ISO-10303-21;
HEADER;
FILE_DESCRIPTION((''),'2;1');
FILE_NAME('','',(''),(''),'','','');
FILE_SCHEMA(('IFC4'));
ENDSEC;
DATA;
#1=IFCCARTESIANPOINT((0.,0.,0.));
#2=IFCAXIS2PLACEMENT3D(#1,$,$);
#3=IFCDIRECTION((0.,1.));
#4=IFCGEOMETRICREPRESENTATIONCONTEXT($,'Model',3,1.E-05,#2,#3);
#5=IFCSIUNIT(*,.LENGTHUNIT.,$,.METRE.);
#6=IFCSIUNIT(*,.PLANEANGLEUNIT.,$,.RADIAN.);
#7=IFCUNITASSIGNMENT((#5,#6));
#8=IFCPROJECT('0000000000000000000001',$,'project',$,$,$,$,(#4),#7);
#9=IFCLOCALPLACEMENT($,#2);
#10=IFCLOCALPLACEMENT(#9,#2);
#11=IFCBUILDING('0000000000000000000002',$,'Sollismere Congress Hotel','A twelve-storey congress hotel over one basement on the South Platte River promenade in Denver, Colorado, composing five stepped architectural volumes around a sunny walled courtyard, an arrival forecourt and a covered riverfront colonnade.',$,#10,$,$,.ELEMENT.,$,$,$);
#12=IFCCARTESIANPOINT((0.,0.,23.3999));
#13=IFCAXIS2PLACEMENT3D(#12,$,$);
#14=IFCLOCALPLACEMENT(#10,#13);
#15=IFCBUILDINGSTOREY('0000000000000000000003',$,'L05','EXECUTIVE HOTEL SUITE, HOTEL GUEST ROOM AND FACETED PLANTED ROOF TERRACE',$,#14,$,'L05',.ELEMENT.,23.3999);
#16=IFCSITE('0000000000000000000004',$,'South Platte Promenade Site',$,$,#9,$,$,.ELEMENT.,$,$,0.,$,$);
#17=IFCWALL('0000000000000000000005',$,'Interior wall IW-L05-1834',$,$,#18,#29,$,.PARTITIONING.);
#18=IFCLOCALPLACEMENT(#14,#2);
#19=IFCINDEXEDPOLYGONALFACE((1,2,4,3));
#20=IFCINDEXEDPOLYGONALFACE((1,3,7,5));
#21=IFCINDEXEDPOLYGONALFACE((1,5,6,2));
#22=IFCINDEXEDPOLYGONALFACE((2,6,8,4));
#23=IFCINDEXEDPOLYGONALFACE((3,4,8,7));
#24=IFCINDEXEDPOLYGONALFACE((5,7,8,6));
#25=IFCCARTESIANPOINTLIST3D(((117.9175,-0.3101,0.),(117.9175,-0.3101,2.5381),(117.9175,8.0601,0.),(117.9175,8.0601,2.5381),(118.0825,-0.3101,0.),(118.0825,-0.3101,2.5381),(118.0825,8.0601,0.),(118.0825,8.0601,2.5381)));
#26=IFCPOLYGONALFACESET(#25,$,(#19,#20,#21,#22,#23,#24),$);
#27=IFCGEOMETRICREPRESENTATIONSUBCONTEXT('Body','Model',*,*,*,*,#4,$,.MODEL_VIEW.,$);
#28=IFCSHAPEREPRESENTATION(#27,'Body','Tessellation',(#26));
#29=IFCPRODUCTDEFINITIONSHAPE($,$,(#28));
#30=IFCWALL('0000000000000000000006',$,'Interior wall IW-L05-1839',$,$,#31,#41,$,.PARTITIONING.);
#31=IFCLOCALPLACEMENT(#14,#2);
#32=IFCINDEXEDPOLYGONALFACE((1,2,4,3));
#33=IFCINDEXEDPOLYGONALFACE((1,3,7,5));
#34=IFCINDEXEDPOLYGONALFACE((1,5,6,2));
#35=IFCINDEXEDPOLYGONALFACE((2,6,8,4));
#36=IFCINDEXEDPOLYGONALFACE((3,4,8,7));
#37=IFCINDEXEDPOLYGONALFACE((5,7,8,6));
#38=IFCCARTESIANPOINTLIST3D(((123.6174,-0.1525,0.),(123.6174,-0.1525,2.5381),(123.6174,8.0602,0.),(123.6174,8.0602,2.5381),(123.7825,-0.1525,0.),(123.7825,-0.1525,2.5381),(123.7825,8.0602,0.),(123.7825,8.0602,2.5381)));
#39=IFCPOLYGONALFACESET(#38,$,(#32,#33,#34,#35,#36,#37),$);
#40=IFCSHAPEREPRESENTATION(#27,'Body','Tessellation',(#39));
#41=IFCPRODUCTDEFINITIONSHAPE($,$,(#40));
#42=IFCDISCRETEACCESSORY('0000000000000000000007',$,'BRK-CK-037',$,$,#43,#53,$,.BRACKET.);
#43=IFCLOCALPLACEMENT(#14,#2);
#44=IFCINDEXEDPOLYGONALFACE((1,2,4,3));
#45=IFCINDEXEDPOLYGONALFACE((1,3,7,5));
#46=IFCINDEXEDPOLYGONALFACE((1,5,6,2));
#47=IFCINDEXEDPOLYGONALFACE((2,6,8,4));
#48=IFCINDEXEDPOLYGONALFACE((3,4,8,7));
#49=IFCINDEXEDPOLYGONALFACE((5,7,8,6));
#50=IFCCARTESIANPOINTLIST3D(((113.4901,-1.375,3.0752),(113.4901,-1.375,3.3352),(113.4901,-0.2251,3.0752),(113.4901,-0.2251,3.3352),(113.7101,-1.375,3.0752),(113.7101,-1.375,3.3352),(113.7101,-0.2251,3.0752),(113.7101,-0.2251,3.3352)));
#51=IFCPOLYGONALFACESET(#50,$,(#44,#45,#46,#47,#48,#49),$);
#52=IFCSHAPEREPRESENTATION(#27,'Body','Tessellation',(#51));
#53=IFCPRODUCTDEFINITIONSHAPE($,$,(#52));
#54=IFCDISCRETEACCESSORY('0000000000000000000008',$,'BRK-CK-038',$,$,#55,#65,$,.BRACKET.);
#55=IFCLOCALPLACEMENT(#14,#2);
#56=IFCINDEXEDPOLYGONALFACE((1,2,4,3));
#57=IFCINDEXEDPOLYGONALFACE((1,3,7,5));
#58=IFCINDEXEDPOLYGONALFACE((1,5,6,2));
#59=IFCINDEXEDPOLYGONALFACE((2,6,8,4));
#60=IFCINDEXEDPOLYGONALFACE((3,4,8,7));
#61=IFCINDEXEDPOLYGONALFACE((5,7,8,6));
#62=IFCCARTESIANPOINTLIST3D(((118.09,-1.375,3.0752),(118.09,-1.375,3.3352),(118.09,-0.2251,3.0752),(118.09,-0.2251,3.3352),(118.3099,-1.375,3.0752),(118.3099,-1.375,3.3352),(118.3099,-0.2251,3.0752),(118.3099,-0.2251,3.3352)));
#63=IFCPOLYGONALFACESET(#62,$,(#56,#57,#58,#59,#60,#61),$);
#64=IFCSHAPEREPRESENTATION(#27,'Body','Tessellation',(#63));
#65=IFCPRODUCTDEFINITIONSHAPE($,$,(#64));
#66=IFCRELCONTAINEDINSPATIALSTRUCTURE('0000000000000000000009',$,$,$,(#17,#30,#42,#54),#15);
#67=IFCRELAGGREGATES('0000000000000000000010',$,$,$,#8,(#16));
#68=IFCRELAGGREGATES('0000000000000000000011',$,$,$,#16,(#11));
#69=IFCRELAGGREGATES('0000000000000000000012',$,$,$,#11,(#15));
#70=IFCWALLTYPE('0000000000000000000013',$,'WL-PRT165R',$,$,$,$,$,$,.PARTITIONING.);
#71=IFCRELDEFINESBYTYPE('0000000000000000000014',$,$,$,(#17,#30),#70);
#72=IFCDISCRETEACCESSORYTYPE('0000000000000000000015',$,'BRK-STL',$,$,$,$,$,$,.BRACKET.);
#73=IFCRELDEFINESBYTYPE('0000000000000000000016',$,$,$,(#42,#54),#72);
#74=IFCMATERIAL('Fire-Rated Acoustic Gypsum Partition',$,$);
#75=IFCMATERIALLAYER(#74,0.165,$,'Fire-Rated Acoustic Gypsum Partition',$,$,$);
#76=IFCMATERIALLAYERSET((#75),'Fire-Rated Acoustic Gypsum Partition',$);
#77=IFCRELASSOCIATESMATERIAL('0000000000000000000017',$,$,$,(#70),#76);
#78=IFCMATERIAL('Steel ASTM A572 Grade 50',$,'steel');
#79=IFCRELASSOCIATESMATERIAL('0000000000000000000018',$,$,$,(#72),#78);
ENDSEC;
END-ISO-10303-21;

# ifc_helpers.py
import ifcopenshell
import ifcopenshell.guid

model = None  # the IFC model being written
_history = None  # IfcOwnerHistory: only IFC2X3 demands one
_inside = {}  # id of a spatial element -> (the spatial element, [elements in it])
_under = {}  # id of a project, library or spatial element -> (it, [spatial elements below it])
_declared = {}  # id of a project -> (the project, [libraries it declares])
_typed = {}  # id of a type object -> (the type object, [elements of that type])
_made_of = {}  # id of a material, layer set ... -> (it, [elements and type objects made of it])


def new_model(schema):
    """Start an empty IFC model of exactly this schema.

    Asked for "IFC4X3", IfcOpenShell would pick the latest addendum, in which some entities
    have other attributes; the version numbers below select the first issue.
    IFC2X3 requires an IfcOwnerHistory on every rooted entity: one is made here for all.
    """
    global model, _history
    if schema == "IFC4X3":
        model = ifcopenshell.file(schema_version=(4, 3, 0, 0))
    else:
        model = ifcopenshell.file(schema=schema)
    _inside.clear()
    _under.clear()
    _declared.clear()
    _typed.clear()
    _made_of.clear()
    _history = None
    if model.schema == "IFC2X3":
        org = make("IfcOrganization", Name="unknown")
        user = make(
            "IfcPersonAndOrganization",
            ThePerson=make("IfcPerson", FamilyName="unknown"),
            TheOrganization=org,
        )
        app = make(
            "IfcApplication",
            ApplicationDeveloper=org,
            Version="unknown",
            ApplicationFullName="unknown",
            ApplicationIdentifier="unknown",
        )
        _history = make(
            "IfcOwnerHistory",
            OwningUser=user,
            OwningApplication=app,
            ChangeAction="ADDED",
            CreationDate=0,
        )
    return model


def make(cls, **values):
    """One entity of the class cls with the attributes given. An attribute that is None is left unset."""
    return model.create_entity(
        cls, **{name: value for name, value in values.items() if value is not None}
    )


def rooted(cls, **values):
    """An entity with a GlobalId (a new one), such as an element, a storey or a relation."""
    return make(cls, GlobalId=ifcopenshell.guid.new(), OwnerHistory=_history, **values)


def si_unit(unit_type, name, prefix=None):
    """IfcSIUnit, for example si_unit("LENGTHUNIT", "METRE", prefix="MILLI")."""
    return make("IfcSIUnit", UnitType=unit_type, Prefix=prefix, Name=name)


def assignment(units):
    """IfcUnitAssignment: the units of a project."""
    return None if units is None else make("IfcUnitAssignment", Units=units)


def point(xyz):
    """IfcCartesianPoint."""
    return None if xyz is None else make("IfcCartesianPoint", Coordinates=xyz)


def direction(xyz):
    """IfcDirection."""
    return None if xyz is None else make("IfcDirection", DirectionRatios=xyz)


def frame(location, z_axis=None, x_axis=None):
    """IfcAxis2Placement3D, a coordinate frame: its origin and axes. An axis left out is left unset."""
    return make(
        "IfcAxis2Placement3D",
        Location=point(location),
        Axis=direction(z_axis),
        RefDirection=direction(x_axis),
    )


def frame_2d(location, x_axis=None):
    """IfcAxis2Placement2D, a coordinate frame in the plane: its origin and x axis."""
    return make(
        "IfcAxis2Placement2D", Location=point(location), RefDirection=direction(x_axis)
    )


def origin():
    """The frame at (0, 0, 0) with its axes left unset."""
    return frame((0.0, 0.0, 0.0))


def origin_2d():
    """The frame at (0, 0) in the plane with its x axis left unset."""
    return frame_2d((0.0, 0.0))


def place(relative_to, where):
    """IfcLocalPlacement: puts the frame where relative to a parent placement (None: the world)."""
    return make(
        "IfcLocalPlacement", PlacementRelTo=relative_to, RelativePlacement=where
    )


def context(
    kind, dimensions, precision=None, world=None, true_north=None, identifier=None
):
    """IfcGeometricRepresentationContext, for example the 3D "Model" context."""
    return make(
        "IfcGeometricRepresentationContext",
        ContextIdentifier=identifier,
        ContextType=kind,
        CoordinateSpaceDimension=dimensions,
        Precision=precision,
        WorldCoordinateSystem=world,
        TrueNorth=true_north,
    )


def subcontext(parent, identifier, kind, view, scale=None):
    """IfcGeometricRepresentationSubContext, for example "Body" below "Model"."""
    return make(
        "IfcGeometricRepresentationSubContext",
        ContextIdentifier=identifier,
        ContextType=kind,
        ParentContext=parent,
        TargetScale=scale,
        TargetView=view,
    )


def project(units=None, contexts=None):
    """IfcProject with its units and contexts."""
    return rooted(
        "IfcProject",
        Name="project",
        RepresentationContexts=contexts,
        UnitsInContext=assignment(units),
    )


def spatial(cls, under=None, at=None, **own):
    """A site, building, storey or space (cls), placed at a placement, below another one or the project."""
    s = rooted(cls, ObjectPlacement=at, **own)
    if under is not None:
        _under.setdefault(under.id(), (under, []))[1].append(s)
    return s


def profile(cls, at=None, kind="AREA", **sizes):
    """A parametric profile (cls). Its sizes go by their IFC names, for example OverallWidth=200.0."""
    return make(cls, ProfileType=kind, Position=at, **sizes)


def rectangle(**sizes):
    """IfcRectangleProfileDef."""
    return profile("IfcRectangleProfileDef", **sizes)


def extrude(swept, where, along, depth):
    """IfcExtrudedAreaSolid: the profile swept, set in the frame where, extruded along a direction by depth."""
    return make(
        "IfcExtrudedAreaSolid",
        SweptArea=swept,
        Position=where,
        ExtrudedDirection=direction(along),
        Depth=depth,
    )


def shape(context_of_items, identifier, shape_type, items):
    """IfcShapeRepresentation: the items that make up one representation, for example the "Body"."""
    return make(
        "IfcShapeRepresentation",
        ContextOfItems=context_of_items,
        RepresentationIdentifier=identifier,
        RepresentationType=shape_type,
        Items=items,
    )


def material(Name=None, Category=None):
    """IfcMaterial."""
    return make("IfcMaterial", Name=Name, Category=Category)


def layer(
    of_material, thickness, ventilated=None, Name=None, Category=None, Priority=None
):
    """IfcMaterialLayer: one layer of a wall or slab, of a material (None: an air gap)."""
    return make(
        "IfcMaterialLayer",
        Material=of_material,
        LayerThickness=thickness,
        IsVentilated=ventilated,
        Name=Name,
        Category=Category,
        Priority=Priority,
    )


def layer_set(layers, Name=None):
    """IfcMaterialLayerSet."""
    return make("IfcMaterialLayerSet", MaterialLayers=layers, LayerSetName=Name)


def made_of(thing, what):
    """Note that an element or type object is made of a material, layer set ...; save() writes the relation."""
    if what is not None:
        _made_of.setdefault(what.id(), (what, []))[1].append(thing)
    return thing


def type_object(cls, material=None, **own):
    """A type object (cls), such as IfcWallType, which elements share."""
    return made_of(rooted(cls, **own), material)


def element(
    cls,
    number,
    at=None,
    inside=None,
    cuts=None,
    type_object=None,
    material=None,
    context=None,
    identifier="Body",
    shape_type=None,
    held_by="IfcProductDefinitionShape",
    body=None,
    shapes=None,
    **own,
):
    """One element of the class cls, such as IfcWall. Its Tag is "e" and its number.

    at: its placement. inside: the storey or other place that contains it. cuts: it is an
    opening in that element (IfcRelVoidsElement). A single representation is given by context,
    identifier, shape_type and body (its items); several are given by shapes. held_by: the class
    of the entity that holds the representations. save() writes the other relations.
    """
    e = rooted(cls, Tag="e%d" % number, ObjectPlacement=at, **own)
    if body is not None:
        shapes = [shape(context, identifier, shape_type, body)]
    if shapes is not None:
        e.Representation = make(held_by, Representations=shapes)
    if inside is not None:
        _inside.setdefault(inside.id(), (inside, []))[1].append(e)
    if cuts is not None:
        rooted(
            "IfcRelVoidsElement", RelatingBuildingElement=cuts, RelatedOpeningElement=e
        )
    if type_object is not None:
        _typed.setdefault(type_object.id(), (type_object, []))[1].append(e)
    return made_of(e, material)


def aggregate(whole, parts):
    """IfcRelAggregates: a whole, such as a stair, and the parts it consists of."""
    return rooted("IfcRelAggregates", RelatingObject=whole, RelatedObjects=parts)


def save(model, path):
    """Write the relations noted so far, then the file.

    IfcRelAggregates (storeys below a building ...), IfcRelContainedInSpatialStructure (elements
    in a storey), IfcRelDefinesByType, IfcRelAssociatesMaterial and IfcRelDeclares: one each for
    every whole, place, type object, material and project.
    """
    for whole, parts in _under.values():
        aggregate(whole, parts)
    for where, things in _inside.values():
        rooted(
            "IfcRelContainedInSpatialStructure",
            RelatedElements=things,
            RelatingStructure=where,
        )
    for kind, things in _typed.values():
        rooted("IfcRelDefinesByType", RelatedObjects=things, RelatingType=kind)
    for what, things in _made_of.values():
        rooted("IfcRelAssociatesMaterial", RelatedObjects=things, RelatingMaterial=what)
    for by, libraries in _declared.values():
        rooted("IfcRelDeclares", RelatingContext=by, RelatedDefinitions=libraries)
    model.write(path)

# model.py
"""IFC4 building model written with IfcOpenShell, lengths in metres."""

from ifc_helpers import new_model, si_unit, direction, frame, frame_2d, origin, origin_2d, place, context, subcontext, project, spatial, rectangle, extrude, material, layer, layer_set, type_object, element, save


model = new_model("IFC4")

# Units and contexts
model_context = context("Model", 3, precision=1e-05, world=origin(), true_north=direction((0.0, 1.0)))
body_context = subcontext(model_context, "Body", "Model", "MODEL_VIEW")
ifc_project = project(units=[si_unit("LENGTHUNIT", "METRE"), si_unit("PLANEANGLEUNIT", "RADIAN")], contexts=[model_context])

# Site, building, storey
site_placement = place(None, origin())
site = spatial("IfcSite", under=ifc_project, at=site_placement, Name="South Platte Promenade Site", CompositionType="ELEMENT", RefElevation=0.0)
building_placement = place(site_placement, origin())
building = spatial("IfcBuilding", under=site, at=building_placement, Name="Sollismere Congress Hotel", Description="A twelve-storey congress hotel over one basement on the South Platte River promenade in Denver, Colorado, composing five stepped architectural volumes around a sunny walled courtyard, an arrival forecourt and a covered riverfront colonnade.", CompositionType="ELEMENT")
storey_placement = place(building_placement, frame((0.0, 0.0, 23.3999)))
storey = spatial("IfcBuildingStorey", under=building, at=storey_placement, Name="L05", Description="EXECUTIVE HOTEL SUITE, HOTEL GUEST ROOM AND FACETED PLANTED ROOF TERRACE", LongName="L05", CompositionType="ELEMENT", Elevation=23.3999)

# Walls
ifc_material_1 = material(Name="Fire-Rated Acoustic Gypsum Partition")
ifc_layer_1 = layer(ifc_material_1, 0.165, Name="Fire-Rated Acoustic Gypsum Partition")
ifc_layer_set_1 = layer_set([ifc_layer_1], Name="Fire-Rated Acoustic Gypsum Partition")
wall_type_1 = type_object("IfcWallType", Name="WL-PRT165R", PredefinedType="PARTITIONING", material=ifc_layer_set_1)
wall_1_placement = place(storey_placement, frame((118.0, -0.3101, 0.0), z_axis=(0.0, 0.0, 1.0), x_axis=(0.0, 1.0, 0.0)))
element("IfcWall", 1, at=wall_1_placement, inside=storey, type_object=wall_type_1, Name="Interior wall IW-L05-1834", PredefinedType="PARTITIONING", context=body_context, shape_type="SweptSolid", body=[
    extrude(rectangle(XDim=8.3701, YDim=0.165, at=frame_2d((4.1851, 0.0))), origin(), (0.0, 0.0, 1.0), 2.5381),
])
wall_2_placement = place(storey_placement, frame((123.7, -0.1526, 0.0), z_axis=(0.0, 0.0, 1.0), x_axis=(0.0, 1.0, 0.0)))
element("IfcWall", 2, at=wall_2_placement, inside=storey, type_object=wall_type_1, Name="Interior wall IW-L05-1839", PredefinedType="PARTITIONING", context=body_context, shape_type="SweptSolid", body=[
    extrude(rectangle(XDim=8.2126, YDim=0.165, at=frame_2d((4.1064, 0.0))), origin(), (0.0, 0.0, 1.0), 2.5381),
])

# Discrete accessories
ifc_material_2 = material(Name="Steel ASTM A572 Grade 50", Category="steel")
discrete_accessory_type = type_object("IfcDiscreteAccessoryType", Name="BRK-STL", PredefinedType="BRACKET", material=ifc_material_2)
for number, where, z_axis, x_axis, name in (
    (3, (113.6001, -0.8, 3.0752), (0.0, 0.0, 1.0), (1.0, 0.0, 0.0), "BRK-CK-037"),
    (4, (118.2, -0.8, 3.0752), (0.0, 0.0, 1.0), (1.0, 0.0, 0.0), "BRK-CK-038"),
):
    element("IfcDiscreteAccessory", number, at=place(storey_placement, frame(where, z_axis=z_axis, x_axis=x_axis)), inside=storey, type_object=discrete_accessory_type, Name=name, PredefinedType="BRACKET", context=body_context, shape_type="SweptSolid", body=[
        extrude(rectangle(XDim=0.22, YDim=1.1499, at=origin_2d()), origin(), (0.0, 0.0, 1.0), 0.26),
    ])

save(model, "model.ifc")
